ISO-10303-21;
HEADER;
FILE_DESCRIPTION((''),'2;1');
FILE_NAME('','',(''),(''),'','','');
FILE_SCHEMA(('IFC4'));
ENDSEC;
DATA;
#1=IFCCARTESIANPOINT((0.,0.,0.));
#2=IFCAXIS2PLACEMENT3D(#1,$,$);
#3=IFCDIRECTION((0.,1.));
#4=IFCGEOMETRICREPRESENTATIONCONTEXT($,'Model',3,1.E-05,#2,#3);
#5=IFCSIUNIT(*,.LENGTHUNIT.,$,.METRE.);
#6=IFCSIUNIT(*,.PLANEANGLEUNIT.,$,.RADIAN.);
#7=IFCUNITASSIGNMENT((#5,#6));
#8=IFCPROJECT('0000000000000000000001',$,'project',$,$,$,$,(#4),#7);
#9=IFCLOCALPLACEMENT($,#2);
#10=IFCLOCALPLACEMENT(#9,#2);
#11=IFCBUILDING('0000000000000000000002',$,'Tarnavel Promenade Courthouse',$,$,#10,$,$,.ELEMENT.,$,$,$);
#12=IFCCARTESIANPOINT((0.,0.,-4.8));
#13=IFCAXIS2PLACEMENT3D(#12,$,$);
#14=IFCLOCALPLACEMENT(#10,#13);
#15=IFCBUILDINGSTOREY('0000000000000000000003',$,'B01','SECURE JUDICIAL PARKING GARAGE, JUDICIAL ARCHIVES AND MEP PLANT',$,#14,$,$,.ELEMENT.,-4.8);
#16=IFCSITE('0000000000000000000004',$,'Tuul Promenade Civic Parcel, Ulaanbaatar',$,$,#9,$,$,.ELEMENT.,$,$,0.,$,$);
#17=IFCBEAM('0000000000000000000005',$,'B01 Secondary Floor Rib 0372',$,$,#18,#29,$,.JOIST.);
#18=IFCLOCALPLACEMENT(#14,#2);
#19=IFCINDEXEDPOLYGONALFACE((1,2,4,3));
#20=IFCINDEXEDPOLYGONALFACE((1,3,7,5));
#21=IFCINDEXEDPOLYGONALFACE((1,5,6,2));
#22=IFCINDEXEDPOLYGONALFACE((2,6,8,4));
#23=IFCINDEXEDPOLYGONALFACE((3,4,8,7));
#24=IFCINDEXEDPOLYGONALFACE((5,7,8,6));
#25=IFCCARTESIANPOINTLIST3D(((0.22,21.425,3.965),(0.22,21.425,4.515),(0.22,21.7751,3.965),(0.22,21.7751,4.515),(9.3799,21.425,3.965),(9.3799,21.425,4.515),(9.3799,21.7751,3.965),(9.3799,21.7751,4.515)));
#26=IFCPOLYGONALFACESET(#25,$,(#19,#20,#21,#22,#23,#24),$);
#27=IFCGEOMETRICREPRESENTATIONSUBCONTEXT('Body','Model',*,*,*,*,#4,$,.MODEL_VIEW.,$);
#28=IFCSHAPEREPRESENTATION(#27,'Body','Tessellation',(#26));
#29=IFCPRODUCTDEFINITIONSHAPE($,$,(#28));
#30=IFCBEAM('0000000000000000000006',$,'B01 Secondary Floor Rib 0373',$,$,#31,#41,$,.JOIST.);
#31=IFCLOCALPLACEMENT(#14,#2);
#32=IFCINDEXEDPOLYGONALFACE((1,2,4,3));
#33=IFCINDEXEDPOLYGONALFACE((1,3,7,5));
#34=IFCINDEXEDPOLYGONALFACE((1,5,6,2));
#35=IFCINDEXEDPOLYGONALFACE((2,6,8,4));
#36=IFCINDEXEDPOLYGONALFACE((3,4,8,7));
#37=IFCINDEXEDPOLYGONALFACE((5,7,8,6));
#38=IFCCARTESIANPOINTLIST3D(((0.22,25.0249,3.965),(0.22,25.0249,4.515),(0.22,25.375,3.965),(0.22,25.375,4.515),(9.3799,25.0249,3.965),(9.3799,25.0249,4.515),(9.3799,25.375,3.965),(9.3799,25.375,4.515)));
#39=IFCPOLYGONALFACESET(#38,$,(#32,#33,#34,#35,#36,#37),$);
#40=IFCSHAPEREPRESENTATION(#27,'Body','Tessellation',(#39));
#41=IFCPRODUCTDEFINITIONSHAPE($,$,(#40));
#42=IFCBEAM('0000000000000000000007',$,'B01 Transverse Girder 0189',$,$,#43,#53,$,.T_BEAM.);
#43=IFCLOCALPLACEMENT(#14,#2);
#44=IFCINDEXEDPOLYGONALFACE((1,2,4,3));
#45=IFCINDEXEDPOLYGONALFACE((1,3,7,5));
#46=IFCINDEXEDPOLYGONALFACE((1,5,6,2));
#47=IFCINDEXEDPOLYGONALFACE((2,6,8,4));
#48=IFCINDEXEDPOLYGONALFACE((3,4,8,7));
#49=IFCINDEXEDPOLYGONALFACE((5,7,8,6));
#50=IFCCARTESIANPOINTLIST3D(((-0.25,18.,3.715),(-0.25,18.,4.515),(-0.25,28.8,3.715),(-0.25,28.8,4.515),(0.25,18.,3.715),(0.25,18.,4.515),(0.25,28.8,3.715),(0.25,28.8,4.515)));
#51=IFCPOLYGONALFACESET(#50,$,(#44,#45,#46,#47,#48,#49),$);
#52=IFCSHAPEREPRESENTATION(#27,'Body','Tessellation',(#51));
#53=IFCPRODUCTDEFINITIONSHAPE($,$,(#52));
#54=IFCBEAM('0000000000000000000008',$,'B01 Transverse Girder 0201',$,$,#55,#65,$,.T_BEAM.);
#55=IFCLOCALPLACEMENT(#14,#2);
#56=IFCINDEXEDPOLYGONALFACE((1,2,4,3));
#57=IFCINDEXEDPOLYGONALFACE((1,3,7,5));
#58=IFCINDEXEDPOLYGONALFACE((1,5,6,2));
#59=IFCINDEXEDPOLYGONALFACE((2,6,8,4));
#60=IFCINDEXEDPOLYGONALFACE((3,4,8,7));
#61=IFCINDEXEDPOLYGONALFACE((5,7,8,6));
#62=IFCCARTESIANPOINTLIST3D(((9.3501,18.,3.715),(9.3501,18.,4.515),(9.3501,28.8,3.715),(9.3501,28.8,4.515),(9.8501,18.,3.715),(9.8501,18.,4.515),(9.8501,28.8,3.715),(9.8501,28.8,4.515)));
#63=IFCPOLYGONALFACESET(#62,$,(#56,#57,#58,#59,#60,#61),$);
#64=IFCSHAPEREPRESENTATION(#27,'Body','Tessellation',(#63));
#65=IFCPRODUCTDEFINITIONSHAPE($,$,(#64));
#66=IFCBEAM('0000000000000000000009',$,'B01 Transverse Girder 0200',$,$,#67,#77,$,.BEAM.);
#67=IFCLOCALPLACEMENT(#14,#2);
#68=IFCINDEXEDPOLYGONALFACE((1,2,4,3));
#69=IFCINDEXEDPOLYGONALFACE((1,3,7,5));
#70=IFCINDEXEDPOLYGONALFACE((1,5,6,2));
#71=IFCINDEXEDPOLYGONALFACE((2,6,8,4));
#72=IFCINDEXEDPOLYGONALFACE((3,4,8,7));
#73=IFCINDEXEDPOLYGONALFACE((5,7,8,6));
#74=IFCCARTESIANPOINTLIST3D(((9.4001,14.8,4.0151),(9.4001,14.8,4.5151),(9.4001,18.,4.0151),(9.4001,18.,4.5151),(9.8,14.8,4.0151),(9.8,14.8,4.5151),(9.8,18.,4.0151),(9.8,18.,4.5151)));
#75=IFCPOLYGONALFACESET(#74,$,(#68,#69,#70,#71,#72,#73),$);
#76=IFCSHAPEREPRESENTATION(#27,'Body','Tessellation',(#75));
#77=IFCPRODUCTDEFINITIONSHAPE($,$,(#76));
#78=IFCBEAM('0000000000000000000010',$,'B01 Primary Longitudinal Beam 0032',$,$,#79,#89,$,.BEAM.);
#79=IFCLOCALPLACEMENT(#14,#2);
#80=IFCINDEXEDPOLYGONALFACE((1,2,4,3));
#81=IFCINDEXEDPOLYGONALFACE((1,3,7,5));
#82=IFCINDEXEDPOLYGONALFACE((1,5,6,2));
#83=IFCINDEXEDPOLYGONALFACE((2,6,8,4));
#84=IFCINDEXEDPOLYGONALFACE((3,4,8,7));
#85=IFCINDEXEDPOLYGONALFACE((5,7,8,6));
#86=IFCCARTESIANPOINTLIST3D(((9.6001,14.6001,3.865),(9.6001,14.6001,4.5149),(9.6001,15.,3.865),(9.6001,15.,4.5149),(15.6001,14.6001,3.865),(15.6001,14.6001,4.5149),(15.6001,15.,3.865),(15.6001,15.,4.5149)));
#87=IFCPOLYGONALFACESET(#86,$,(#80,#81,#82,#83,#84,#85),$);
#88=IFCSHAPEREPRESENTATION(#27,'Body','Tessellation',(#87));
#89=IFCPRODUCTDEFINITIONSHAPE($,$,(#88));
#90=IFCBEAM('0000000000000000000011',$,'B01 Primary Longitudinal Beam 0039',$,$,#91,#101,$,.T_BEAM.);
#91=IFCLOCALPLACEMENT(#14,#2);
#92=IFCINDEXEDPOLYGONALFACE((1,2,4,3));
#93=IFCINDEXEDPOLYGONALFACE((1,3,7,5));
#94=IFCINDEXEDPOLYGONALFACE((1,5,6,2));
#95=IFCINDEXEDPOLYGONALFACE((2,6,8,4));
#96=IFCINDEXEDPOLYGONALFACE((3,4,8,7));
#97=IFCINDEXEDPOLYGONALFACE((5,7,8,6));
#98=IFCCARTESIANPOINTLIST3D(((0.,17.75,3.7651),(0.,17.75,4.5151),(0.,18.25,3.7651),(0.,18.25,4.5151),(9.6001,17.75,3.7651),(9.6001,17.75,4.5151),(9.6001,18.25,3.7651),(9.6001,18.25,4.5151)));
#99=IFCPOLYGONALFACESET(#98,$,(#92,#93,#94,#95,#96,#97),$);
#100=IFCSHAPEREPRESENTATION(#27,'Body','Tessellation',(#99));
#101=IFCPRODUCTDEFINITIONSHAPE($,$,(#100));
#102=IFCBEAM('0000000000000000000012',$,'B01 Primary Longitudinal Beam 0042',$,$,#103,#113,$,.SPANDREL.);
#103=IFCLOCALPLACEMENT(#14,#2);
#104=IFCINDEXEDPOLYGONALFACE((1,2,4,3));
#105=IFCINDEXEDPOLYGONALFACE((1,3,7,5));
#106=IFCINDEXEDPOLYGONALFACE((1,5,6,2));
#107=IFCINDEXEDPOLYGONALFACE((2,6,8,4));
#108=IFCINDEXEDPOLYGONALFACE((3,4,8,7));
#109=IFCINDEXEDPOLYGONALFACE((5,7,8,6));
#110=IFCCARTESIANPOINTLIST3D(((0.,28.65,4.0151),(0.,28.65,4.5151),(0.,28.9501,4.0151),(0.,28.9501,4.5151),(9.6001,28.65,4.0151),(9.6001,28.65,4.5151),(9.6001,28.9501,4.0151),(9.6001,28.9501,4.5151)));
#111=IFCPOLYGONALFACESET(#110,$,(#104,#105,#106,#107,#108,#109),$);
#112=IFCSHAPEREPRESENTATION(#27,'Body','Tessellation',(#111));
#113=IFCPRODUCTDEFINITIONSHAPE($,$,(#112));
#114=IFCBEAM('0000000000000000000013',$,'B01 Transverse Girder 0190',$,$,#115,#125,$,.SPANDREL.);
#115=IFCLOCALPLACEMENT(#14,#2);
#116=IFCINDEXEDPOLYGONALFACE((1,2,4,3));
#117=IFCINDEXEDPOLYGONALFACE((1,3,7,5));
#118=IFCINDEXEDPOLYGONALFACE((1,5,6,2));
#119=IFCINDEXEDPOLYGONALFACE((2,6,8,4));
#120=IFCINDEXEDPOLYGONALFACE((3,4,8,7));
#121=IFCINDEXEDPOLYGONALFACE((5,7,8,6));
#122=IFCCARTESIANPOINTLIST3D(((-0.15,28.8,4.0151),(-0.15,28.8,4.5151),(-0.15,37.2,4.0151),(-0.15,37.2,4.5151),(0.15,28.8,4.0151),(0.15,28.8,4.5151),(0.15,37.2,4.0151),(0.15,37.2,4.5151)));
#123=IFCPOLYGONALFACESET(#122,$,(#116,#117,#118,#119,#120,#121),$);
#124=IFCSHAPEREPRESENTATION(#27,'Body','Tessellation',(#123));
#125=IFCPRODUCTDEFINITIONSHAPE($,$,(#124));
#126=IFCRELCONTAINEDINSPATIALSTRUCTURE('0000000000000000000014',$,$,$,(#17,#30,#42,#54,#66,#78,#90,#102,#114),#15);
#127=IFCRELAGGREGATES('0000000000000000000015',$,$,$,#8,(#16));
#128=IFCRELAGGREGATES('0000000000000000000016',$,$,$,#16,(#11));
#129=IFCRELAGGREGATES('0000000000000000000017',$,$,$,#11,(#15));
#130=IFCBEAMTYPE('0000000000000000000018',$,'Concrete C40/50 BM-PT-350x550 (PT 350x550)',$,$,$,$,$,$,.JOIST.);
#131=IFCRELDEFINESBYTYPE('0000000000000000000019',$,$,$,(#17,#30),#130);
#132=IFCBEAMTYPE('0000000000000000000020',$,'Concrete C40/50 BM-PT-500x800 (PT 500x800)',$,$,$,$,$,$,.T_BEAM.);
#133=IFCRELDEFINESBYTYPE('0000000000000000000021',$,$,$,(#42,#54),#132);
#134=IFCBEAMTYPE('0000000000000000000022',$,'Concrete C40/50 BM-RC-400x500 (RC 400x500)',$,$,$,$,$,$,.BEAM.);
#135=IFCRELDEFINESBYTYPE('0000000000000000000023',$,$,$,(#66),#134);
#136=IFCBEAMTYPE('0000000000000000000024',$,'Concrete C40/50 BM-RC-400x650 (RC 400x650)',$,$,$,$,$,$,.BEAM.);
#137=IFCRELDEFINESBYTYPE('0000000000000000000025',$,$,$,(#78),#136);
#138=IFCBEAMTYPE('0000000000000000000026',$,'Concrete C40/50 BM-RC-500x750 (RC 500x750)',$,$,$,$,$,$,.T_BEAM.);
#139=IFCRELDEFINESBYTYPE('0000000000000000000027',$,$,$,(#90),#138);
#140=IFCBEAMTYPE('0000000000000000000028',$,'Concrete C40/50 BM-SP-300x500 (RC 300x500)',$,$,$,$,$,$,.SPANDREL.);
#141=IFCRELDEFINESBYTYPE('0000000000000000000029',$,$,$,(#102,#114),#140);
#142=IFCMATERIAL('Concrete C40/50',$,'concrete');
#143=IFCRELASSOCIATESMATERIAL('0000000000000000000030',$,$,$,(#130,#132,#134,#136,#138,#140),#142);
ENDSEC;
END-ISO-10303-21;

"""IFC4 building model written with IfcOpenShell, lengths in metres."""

from ifc_helpers import new_model, si_unit, direction, frame, origin, origin_2d, place, context, subcontext, project, spatial, rectangle, extrude, material, material_profile, profile_set, type_object, element, save


model = new_model("IFC4")

# Units and contexts
model_context = context("Model", 3, precision=1e-05, world=origin(), true_north=direction((0.0, 1.0)))
body_context = subcontext(model_context, "Body", "Model", "MODEL_VIEW")
ifc_project = project(units=[si_unit("LENGTHUNIT", "METRE"), si_unit("PLANEANGLEUNIT", "RADIAN")], contexts=[model_context])

# Site, building, storey
site_placement = place(None, origin())
site = spatial("IfcSite", under=ifc_project, at=site_placement, Name="Tuul Promenade Civic Parcel, Ulaanbaatar", CompositionType="ELEMENT", RefElevation=0.0)
building_placement = place(site_placement, origin())
building = spatial("IfcBuilding", under=site, at=building_placement, Name="Tarnavel Promenade Courthouse", CompositionType="ELEMENT")
storey_placement = place(building_placement, frame((0.0, 0.0, -4.8)))
storey = spatial("IfcBuildingStorey", under=building, at=storey_placement, Name="B01", Description="SECURE JUDICIAL PARKING GARAGE, JUDICIAL ARCHIVES AND MEP PLANT", CompositionType="ELEMENT", Elevation=-4.8)

# Shared definitions
ifc_material_1 = material(Name="Concrete C40/50", Category="concrete")

# Beams
ifc_material_profile_1 = material_profile(ifc_material_1, rectangle(XDim=0.3501, YDim=0.55, at=origin_2d()), Name="PT 350x550")
ifc_profile_set_1 = profile_set([ifc_material_profile_1], Name="Concrete C40/50")
beam_type_1 = type_object("IfcBeamType", Name="Concrete C40/50 BM-PT-350x550 (PT 350x550)", PredefinedType="JOIST", material=ifc_profile_set_1)
for number, where, z_axis, x_axis, name in (
    (1, (0.22, 21.6001, 4.24), (1.0, 0.0, 0.0), (0.0, 1.0, 0.0), "B01 Secondary Floor Rib 0372"),
    (2, (0.22, 25.2, 4.24), (1.0, 0.0, 0.0), (0.0, 1.0, 0.0), "B01 Secondary Floor Rib 0373"),
):
    element("IfcBeam", number, at=place(storey_placement, frame(where, z_axis=z_axis, x_axis=x_axis)), inside=storey, type_object=beam_type_1, Name=name, PredefinedType="JOIST", context=body_context, shape_type="SweptSolid", body=[
        extrude(rectangle(XDim=0.3501, YDim=0.55, at=origin_2d()), origin(), (0.0, 0.0, 1.0), 9.1599),
    ])
ifc_material_profile_2 = material_profile(ifc_material_1, rectangle(XDim=0.5, YDim=0.8, at=origin_2d()), Name="PT 500x800")
ifc_profile_set_2 = profile_set([ifc_material_profile_2], Name="Concrete C40/50")
beam_type_2 = type_object("IfcBeamType", Name="Concrete C40/50 BM-PT-500x800 (PT 500x800)", PredefinedType="T_BEAM", material=ifc_profile_set_2)
for number, where, z_axis, x_axis, name in (
    (3, (0.0, 18.0, 4.115), (0.0, 1.0, 0.0), (-1.0, 0.0, 0.0), "B01 Transverse Girder 0189"),
    (4, (9.6001, 18.0, 4.115), (0.0, 1.0, 0.0), (-1.0, 0.0, 0.0), "B01 Transverse Girder 0201"),
):
    element("IfcBeam", number, at=place(storey_placement, frame(where, z_axis=z_axis, x_axis=x_axis)), inside=storey, type_object=beam_type_2, Name=name, PredefinedType="T_BEAM", context=body_context, shape_type="SweptSolid", body=[
        extrude(rectangle(XDim=0.5, YDim=0.8, at=origin_2d()), origin(), (0.0, 0.0, 1.0), 10.8),
    ])
ifc_material_profile_3 = material_profile(ifc_material_1, rectangle(XDim=0.3999, YDim=0.5, at=origin_2d()), Name="RC 400x500")
ifc_profile_set_3 = profile_set([ifc_material_profile_3], Name="Concrete C40/50")
beam_type_3 = type_object("IfcBeamType", Name="Concrete C40/50 BM-RC-400x500 (RC 400x500)", PredefinedType="BEAM", material=ifc_profile_set_3)
beam_1_placement = place(storey_placement, frame((9.6001, 14.8, 4.2651), z_axis=(0.0, 1.0, 0.0), x_axis=(-1.0, 0.0, 0.0)))
element("IfcBeam", 5, at=beam_1_placement, inside=storey, type_object=beam_type_3, Name="B01 Transverse Girder 0200", PredefinedType="BEAM", context=body_context, shape_type="SweptSolid", body=[
    extrude(rectangle(XDim=0.3999, YDim=0.5, at=origin_2d()), origin(), (0.0, 0.0, 1.0), 3.2),
])
ifc_material_profile_4 = material_profile(ifc_material_1, rectangle(XDim=0.3999, YDim=0.6499, at=origin_2d()), Name="RC 400x650")
ifc_profile_set_4 = profile_set([ifc_material_profile_4], Name="Concrete C40/50")
beam_type_4 = type_object("IfcBeamType", Name="Concrete C40/50 BM-RC-400x650 (RC 400x650)", PredefinedType="BEAM", material=ifc_profile_set_4)
beam_2_placement = place(storey_placement, frame((9.6001, 14.8, 4.1899), z_axis=(1.0, 0.0, 0.0), x_axis=(0.0, 1.0, 0.0)))
element("IfcBeam", 6, at=beam_2_placement, inside=storey, type_object=beam_type_4, Name="B01 Primary Longitudinal Beam 0032", PredefinedType="BEAM", context=body_context, shape_type="SweptSolid", body=[
    extrude(rectangle(XDim=0.3999, YDim=0.6499, at=origin_2d()), origin(), (0.0, 0.0, 1.0), 6.0),
])
ifc_material_profile_5 = material_profile(ifc_material_1, rectangle(XDim=0.5, YDim=0.75, at=origin_2d()), Name="RC 500x750")
ifc_profile_set_5 = profile_set([ifc_material_profile_5], Name="Concrete C40/50")
beam_type_5 = type_object("IfcBeamType", Name="Concrete C40/50 BM-RC-500x750 (RC 500x750)", PredefinedType="T_BEAM", material=ifc_profile_set_5)
beam_3_placement = place(storey_placement, frame((0.0, 18.0, 4.1401), z_axis=(1.0, 0.0, 0.0), x_axis=(0.0, 1.0, 0.0)))
element("IfcBeam", 7, at=beam_3_placement, inside=storey, type_object=beam_type_5, Name="B01 Primary Longitudinal Beam 0039", PredefinedType="T_BEAM", context=body_context, shape_type="SweptSolid", body=[
    extrude(rectangle(XDim=0.5, YDim=0.75, at=origin_2d()), origin(), (0.0, 0.0, 1.0), 9.6001),
])
ifc_material_profile_6 = material_profile(ifc_material_1, rectangle(XDim=0.3, YDim=0.5, at=origin_2d()), Name="RC 300x500")
ifc_profile_set_6 = profile_set([ifc_material_profile_6], Name="Concrete C40/50")
beam_type_6 = type_object("IfcBeamType", Name="Concrete C40/50 BM-SP-300x500 (RC 300x500)", PredefinedType="SPANDREL", material=ifc_profile_set_6)
beam_4_placement = place(storey_placement, frame((0.0, 28.8, 4.2651), z_axis=(1.0, 0.0, 0.0), x_axis=(0.0, 1.0, 0.0)))
element("IfcBeam", 8, at=beam_4_placement, inside=storey, type_object=beam_type_6, Name="B01 Primary Longitudinal Beam 0042", PredefinedType="SPANDREL", context=body_context, shape_type="SweptSolid", body=[
    extrude(rectangle(XDim=0.3, YDim=0.5, at=origin_2d()), origin(), (0.0, 0.0, 1.0), 9.6001),
])
beam_5_placement = place(storey_placement, frame((0.0, 28.8, 4.2651), z_axis=(0.0, 1.0, 0.0), x_axis=(-1.0, 0.0, 0.0)))
element("IfcBeam", 9, at=beam_5_placement, inside=storey, type_object=beam_type_6, Name="B01 Transverse Girder 0190", PredefinedType="SPANDREL", context=body_context, shape_type="SweptSolid", body=[
    extrude(rectangle(XDim=0.3, YDim=0.5, at=origin_2d()), origin(), (0.0, 0.0, 1.0), 8.3999),
])

save(model, "model.ifc")
